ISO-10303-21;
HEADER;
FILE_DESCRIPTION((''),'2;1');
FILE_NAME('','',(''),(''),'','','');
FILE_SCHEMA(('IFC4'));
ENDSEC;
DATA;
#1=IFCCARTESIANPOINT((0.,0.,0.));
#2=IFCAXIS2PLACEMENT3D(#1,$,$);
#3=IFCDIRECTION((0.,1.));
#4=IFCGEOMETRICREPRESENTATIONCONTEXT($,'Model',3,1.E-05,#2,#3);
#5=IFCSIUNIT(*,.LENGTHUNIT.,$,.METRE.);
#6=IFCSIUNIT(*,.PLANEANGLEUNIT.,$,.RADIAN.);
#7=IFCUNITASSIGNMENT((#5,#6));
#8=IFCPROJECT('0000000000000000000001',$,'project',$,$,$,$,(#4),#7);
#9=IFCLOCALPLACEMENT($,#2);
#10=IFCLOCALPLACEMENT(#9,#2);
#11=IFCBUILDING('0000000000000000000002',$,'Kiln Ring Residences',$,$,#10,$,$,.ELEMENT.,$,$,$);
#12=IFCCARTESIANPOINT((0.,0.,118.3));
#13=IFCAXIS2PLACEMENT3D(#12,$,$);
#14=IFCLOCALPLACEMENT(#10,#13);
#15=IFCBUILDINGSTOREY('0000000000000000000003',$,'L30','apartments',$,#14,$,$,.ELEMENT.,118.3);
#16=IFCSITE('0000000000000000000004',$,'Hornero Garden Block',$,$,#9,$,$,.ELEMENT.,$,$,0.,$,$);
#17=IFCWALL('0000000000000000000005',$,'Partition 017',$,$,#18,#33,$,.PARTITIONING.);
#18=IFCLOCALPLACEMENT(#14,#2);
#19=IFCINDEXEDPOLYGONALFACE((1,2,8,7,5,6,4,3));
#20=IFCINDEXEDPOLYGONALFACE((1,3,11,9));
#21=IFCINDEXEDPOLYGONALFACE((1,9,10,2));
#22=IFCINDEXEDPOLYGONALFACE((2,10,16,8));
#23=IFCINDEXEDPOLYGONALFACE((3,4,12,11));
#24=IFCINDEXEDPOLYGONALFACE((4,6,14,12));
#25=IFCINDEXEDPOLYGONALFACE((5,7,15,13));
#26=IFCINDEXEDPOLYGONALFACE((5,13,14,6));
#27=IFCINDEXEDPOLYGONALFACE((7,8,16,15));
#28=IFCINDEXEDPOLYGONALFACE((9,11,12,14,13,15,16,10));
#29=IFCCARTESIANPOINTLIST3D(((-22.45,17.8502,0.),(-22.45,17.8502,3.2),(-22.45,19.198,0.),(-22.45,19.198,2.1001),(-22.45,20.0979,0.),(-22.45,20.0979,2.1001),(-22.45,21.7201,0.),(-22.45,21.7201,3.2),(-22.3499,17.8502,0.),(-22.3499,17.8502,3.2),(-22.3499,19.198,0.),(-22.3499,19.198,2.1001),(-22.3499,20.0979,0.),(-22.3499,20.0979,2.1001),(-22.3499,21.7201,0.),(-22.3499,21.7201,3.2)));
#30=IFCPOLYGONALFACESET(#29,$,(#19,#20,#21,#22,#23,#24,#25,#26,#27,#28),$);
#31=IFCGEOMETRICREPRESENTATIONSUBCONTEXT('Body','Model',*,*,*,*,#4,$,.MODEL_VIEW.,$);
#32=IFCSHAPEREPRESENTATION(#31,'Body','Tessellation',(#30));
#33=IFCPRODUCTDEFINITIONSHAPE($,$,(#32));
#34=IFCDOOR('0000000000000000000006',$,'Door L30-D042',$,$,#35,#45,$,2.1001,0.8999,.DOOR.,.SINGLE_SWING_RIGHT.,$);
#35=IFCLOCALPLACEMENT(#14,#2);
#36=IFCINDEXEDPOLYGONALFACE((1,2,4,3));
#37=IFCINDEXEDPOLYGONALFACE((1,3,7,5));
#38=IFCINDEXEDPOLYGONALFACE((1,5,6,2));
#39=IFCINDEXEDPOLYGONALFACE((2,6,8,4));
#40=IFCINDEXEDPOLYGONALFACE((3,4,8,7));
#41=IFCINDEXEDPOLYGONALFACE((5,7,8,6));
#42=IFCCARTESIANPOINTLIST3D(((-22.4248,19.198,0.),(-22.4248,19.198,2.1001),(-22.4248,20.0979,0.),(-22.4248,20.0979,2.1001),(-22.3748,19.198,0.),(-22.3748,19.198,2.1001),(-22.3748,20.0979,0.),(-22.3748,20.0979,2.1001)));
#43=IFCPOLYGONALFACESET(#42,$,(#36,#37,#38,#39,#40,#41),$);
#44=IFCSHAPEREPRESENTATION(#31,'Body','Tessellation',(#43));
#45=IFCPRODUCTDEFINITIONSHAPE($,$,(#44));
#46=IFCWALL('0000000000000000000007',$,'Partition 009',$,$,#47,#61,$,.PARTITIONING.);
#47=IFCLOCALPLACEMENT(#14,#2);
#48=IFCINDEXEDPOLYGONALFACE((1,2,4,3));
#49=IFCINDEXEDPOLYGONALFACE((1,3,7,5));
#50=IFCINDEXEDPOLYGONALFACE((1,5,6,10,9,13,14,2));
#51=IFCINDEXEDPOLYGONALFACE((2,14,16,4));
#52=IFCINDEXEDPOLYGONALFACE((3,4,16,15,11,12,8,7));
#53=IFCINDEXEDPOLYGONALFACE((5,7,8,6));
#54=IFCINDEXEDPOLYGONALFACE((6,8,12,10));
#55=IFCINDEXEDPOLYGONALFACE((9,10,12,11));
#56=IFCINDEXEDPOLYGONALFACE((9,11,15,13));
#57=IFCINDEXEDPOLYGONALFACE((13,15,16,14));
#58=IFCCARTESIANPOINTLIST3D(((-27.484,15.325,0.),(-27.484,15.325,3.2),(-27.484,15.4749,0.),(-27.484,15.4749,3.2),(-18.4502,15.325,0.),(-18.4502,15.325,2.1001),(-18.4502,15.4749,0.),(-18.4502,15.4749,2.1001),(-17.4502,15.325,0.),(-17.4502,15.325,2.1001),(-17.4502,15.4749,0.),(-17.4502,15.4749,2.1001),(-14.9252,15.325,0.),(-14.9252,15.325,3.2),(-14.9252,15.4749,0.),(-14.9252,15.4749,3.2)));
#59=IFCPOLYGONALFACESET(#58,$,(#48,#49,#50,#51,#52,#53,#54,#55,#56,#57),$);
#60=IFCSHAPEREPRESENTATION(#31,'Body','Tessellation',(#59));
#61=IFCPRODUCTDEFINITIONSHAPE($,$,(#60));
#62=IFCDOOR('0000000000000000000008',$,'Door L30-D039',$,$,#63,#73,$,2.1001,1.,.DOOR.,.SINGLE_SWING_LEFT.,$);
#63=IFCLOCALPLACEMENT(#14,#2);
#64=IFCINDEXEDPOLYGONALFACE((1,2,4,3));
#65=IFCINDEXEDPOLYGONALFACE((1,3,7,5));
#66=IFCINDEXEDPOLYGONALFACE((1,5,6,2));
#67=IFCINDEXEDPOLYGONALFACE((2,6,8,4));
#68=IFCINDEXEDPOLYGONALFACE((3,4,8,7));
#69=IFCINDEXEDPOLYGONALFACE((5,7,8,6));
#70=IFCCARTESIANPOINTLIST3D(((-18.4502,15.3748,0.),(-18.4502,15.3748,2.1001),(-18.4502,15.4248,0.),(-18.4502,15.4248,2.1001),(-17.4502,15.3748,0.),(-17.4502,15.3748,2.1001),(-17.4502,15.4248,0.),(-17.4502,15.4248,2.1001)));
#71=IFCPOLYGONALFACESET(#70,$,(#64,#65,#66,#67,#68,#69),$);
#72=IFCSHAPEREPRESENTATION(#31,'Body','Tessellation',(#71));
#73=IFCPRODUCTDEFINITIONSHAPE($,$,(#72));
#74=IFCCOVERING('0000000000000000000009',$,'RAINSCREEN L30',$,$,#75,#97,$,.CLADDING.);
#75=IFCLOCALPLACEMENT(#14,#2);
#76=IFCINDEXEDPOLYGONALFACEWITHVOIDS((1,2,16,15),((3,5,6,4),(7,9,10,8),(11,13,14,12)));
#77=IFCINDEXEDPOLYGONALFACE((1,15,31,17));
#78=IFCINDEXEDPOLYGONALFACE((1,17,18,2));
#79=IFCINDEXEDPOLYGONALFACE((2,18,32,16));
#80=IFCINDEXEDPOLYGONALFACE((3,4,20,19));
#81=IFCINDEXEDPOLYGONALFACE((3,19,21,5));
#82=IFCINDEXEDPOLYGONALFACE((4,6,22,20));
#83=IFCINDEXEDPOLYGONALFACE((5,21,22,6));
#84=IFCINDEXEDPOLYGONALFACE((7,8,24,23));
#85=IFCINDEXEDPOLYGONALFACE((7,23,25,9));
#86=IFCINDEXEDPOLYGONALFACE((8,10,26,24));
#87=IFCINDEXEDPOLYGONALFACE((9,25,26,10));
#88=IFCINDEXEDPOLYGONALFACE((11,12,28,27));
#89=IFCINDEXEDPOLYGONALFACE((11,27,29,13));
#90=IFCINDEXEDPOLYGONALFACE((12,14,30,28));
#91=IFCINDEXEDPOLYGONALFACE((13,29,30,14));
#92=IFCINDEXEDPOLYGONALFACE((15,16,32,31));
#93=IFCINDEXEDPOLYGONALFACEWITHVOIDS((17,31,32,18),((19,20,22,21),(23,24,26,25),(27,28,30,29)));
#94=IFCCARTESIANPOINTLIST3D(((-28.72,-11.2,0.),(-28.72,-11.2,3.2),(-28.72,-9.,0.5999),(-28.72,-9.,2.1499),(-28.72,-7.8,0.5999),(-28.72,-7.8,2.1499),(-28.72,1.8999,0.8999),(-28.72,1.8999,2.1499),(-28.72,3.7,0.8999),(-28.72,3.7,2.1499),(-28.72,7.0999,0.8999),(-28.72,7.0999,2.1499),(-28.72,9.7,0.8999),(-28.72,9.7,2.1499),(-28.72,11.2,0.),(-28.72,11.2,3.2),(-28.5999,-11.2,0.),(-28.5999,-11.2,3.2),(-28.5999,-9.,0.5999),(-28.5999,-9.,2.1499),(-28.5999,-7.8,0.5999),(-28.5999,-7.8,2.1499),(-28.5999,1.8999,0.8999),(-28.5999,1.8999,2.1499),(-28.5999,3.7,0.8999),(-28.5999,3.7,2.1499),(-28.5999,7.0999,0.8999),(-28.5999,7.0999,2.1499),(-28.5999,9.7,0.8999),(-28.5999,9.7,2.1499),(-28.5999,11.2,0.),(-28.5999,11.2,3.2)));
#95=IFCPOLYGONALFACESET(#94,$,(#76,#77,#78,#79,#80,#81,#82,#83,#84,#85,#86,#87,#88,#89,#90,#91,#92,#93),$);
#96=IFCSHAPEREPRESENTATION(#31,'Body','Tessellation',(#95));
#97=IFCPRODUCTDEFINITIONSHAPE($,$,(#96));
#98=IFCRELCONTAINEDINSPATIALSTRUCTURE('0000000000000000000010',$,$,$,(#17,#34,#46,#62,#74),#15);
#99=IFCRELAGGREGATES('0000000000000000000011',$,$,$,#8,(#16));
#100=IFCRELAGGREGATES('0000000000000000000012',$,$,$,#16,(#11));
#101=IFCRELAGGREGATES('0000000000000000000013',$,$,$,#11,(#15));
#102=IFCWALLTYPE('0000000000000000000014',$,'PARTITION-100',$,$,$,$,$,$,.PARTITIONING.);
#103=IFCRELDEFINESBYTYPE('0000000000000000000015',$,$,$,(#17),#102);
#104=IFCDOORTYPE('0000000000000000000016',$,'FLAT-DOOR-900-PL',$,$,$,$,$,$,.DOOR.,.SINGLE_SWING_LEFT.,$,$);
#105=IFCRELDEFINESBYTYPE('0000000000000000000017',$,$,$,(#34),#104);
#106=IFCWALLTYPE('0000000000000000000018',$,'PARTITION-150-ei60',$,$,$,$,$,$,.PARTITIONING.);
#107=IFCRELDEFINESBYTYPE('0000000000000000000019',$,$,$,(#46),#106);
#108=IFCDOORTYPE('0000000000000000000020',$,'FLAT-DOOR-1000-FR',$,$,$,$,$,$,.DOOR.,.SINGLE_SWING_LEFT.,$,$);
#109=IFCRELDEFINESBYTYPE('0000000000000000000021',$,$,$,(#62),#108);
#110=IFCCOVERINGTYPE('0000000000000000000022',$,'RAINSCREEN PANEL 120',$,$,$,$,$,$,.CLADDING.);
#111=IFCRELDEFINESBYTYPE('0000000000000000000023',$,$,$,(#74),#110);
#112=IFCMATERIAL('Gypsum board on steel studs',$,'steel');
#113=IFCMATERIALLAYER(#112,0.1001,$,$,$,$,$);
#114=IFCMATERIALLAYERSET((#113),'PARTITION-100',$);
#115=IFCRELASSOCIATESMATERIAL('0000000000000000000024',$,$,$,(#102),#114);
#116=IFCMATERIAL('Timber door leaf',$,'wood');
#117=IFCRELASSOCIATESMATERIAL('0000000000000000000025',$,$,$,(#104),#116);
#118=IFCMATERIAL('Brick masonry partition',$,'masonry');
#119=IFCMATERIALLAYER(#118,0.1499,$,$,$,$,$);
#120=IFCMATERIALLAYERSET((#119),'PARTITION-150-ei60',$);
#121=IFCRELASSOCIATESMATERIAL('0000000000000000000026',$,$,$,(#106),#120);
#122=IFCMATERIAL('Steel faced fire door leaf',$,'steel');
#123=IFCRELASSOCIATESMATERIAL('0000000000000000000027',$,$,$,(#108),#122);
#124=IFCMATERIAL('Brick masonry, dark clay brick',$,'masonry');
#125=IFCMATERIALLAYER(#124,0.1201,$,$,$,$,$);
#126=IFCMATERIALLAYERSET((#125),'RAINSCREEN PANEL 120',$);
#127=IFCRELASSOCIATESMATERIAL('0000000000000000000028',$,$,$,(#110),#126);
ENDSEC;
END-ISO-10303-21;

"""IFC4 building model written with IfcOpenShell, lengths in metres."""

from ifc_helpers import new_model, si_unit, direction, frame, frame_2d, origin, place, context, subcontext, project, spatial, polyline, rectangle, outline, extrude, material, layer, layer_set, type_object, element, fill, save


model = new_model("IFC4")

# Units and contexts
model_context = context("Model", 3, precision=1e-05, world=origin(), true_north=direction((0.0, 1.0)))
body_context = subcontext(model_context, "Body", "Model", "MODEL_VIEW")
ifc_project = project(units=[si_unit("LENGTHUNIT", "METRE"), si_unit("PLANEANGLEUNIT", "RADIAN")], contexts=[model_context])

# Site, building, storey
site_placement = place(None, origin())
site = spatial("IfcSite", under=ifc_project, at=site_placement, Name="Hornero Garden Block", CompositionType="ELEMENT", RefElevation=0.0)
building_placement = place(site_placement, origin())
building = spatial("IfcBuilding", under=site, at=building_placement, Name="Kiln Ring Residences", CompositionType="ELEMENT")
storey_placement = place(building_placement, frame((0.0, 0.0, 118.3)))
storey = spatial("IfcBuildingStorey", under=building, at=storey_placement, Name="L30", Description="apartments", CompositionType="ELEMENT", Elevation=118.3)

# Shared definitions
ifc_material_1 = material(Name="Gypsum board on steel studs", Category="steel")
ifc_layer_1 = layer(ifc_material_1, 0.1001)
ifc_layer_set_1 = layer_set([ifc_layer_1], Name="PARTITION-100")
wall_type_1 = type_object("IfcWallType", Name="PARTITION-100", PredefinedType="PARTITIONING", material=ifc_layer_set_1)
ifc_material_2 = material(Name="Timber door leaf", Category="wood")
door_type_1 = type_object("IfcDoorType", Name="FLAT-DOOR-900-PL", OperationType="SINGLE_SWING_LEFT", PredefinedType="DOOR", material=ifc_material_2)

# Walls, openings, doors
wall_1_placement = place(storey_placement, frame((-22.3999, 17.8501, 0.0), z_axis=(0.0, 0.0, 1.0), x_axis=(0.0, 1.0, 0.0)))
wall_1 = element("IfcWall", 1, at=wall_1_placement, inside=storey, type_object=wall_type_1, Name="Partition 017", PredefinedType="PARTITIONING", context=body_context, shape_type="SweptSolid", body=[
    extrude(rectangle(XDim=3.8699, YDim=0.1001, at=frame_2d((1.9351, 0.0))), origin(), (0.0, 0.0, 1.0), 3.2),
])
opening_1_placement = place(wall_1_placement, frame((1.3479, 0.0, 0.0)))
opening_1 = element("IfcOpeningElement", 2, at=opening_1_placement, cuts=wall_1, PredefinedType="OPENING", context=body_context, shape_type="SweptSolid", body=[
    extrude(rectangle(XDim=0.8999, YDim=2.1001, at=frame_2d((0.45, 1.05))), frame((0.0, 0.0601, 0.0), z_axis=(0.0, -1.0, 0.0), x_axis=(1.0, 0.0, 0.0)), (0.0, 0.0, 1.0), 0.1201),
])
door_1_placement = place(opening_1_placement, origin())
door_1 = element("IfcDoor", 3, at=door_1_placement, inside=storey, type_object=door_type_1, Name="Door L30-D042", OperationType="SINGLE_SWING_RIGHT", OverallHeight=2.1001, OverallWidth=0.8999, PredefinedType="DOOR", context=body_context, shape_type="SweptSolid", body=[
    extrude(rectangle(XDim=0.8999, YDim=2.1001, at=frame_2d((0.45, 1.05))), frame((0.0, 0.0249, 0.0), z_axis=(0.0, -1.0, 0.0), x_axis=(1.0, 0.0, 0.0)), (0.0, 0.0, 1.0), 0.05),
])
fill(opening_1, door_1)
ifc_material_3 = material(Name="Brick masonry partition", Category="masonry")
ifc_layer_2 = layer(ifc_material_3, 0.1499)
ifc_layer_set_2 = layer_set([ifc_layer_2], Name="PARTITION-150-ei60")
wall_type_2 = type_object("IfcWallType", Name="PARTITION-150-ei60", PredefinedType="PARTITIONING", material=ifc_layer_set_2)
wall_2_placement = place(storey_placement, frame((-27.4839, 15.3999, 0.0), z_axis=(0.0, 0.0, 1.0), x_axis=(1.0, 0.0, 0.0)))
wall_2 = element("IfcWall", 4, at=wall_2_placement, inside=storey, type_object=wall_type_2, Name="Partition 009", PredefinedType="PARTITIONING", context=body_context, shape_type="SweptSolid", body=[
    extrude(rectangle(XDim=12.5588, YDim=0.1499, at=frame_2d((6.2793, 0.0))), origin(), (0.0, 0.0, 1.0), 3.2),
])
opening_2_placement = place(wall_2_placement, frame((9.0337, 0.0, 0.0)))
opening_2 = element("IfcOpeningElement", 5, at=opening_2_placement, cuts=wall_2, PredefinedType="OPENING", context=body_context, shape_type="SweptSolid", body=[
    extrude(rectangle(XDim=1.0, YDim=2.1001, at=frame_2d((0.5, 1.05))), frame((0.0, 0.085, 0.0), z_axis=(0.0, -1.0, 0.0), x_axis=(1.0, 0.0, 0.0)), (0.0, 0.0, 1.0), 0.1699),
])
ifc_material_4 = material(Name="Steel faced fire door leaf", Category="steel")
door_type_2 = type_object("IfcDoorType", Name="FLAT-DOOR-1000-FR", OperationType="SINGLE_SWING_LEFT", PredefinedType="DOOR", material=ifc_material_4)
door_2_placement = place(opening_2_placement, origin())
door_2 = element("IfcDoor", 6, at=door_2_placement, inside=storey, type_object=door_type_2, Name="Door L30-D039", OperationType="SINGLE_SWING_LEFT", OverallHeight=2.1001, OverallWidth=1.0, PredefinedType="DOOR", context=body_context, shape_type="SweptSolid", body=[
    extrude(rectangle(XDim=1.0, YDim=2.1001, at=frame_2d((0.5, 1.05))), frame((0.0, 0.0249, 0.0), z_axis=(0.0, -1.0, 0.0), x_axis=(1.0, 0.0, 0.0)), (0.0, 0.0, 1.0), 0.05),
])
fill(opening_2, door_2)

# Covering
ifc_material_5 = material(Name="Brick masonry, dark clay brick", Category="masonry")
ifc_layer_3 = layer(ifc_material_5, 0.1201)
ifc_layer_set_3 = layer_set([ifc_layer_3], Name="RAINSCREEN PANEL 120")
covering_type = type_object("IfcCoveringType", Name="RAINSCREEN PANEL 120", PredefinedType="CLADDING", material=ifc_layer_set_3)
covering_placement = place(storey_placement, frame((-28.6599, 11.2, 0.0), z_axis=(0.0, 0.0, 1.0), x_axis=(0.0, -1.0, 0.0)))
element("IfcCovering", 7, at=covering_placement, inside=storey, type_object=covering_type, Name="RAINSCREEN L30", PredefinedType="CLADDING", context=body_context, shape_type="SweptSolid", body=[
    extrude(outline(polyline([(0.0, 0.0), (22.3999, 0.0), (22.3999, 3.2), (0.0, 3.2), (0.0, 0.0)]), holes=[polyline([(20.2, 2.1499), (19.0, 2.1499), (19.0, 0.5999), (20.2, 0.5999), (20.2, 2.1499)]), polyline([(4.1001, 0.8999), (4.1001, 2.1499), (1.5, 2.1499), (1.5, 0.8999), (4.1001, 0.8999)]), polyline([(9.3, 0.8999), (9.3, 2.1499), (7.5, 2.1499), (7.5, 0.8999), (9.3, 0.8999)])]), frame((0.0, 0.0601, 0.0), z_axis=(0.0, -1.0, 0.0), x_axis=(1.0, 0.0, 0.0)), (0.0, 0.0, 1.0), 0.1201),
])

save(model, "model.ifc")
